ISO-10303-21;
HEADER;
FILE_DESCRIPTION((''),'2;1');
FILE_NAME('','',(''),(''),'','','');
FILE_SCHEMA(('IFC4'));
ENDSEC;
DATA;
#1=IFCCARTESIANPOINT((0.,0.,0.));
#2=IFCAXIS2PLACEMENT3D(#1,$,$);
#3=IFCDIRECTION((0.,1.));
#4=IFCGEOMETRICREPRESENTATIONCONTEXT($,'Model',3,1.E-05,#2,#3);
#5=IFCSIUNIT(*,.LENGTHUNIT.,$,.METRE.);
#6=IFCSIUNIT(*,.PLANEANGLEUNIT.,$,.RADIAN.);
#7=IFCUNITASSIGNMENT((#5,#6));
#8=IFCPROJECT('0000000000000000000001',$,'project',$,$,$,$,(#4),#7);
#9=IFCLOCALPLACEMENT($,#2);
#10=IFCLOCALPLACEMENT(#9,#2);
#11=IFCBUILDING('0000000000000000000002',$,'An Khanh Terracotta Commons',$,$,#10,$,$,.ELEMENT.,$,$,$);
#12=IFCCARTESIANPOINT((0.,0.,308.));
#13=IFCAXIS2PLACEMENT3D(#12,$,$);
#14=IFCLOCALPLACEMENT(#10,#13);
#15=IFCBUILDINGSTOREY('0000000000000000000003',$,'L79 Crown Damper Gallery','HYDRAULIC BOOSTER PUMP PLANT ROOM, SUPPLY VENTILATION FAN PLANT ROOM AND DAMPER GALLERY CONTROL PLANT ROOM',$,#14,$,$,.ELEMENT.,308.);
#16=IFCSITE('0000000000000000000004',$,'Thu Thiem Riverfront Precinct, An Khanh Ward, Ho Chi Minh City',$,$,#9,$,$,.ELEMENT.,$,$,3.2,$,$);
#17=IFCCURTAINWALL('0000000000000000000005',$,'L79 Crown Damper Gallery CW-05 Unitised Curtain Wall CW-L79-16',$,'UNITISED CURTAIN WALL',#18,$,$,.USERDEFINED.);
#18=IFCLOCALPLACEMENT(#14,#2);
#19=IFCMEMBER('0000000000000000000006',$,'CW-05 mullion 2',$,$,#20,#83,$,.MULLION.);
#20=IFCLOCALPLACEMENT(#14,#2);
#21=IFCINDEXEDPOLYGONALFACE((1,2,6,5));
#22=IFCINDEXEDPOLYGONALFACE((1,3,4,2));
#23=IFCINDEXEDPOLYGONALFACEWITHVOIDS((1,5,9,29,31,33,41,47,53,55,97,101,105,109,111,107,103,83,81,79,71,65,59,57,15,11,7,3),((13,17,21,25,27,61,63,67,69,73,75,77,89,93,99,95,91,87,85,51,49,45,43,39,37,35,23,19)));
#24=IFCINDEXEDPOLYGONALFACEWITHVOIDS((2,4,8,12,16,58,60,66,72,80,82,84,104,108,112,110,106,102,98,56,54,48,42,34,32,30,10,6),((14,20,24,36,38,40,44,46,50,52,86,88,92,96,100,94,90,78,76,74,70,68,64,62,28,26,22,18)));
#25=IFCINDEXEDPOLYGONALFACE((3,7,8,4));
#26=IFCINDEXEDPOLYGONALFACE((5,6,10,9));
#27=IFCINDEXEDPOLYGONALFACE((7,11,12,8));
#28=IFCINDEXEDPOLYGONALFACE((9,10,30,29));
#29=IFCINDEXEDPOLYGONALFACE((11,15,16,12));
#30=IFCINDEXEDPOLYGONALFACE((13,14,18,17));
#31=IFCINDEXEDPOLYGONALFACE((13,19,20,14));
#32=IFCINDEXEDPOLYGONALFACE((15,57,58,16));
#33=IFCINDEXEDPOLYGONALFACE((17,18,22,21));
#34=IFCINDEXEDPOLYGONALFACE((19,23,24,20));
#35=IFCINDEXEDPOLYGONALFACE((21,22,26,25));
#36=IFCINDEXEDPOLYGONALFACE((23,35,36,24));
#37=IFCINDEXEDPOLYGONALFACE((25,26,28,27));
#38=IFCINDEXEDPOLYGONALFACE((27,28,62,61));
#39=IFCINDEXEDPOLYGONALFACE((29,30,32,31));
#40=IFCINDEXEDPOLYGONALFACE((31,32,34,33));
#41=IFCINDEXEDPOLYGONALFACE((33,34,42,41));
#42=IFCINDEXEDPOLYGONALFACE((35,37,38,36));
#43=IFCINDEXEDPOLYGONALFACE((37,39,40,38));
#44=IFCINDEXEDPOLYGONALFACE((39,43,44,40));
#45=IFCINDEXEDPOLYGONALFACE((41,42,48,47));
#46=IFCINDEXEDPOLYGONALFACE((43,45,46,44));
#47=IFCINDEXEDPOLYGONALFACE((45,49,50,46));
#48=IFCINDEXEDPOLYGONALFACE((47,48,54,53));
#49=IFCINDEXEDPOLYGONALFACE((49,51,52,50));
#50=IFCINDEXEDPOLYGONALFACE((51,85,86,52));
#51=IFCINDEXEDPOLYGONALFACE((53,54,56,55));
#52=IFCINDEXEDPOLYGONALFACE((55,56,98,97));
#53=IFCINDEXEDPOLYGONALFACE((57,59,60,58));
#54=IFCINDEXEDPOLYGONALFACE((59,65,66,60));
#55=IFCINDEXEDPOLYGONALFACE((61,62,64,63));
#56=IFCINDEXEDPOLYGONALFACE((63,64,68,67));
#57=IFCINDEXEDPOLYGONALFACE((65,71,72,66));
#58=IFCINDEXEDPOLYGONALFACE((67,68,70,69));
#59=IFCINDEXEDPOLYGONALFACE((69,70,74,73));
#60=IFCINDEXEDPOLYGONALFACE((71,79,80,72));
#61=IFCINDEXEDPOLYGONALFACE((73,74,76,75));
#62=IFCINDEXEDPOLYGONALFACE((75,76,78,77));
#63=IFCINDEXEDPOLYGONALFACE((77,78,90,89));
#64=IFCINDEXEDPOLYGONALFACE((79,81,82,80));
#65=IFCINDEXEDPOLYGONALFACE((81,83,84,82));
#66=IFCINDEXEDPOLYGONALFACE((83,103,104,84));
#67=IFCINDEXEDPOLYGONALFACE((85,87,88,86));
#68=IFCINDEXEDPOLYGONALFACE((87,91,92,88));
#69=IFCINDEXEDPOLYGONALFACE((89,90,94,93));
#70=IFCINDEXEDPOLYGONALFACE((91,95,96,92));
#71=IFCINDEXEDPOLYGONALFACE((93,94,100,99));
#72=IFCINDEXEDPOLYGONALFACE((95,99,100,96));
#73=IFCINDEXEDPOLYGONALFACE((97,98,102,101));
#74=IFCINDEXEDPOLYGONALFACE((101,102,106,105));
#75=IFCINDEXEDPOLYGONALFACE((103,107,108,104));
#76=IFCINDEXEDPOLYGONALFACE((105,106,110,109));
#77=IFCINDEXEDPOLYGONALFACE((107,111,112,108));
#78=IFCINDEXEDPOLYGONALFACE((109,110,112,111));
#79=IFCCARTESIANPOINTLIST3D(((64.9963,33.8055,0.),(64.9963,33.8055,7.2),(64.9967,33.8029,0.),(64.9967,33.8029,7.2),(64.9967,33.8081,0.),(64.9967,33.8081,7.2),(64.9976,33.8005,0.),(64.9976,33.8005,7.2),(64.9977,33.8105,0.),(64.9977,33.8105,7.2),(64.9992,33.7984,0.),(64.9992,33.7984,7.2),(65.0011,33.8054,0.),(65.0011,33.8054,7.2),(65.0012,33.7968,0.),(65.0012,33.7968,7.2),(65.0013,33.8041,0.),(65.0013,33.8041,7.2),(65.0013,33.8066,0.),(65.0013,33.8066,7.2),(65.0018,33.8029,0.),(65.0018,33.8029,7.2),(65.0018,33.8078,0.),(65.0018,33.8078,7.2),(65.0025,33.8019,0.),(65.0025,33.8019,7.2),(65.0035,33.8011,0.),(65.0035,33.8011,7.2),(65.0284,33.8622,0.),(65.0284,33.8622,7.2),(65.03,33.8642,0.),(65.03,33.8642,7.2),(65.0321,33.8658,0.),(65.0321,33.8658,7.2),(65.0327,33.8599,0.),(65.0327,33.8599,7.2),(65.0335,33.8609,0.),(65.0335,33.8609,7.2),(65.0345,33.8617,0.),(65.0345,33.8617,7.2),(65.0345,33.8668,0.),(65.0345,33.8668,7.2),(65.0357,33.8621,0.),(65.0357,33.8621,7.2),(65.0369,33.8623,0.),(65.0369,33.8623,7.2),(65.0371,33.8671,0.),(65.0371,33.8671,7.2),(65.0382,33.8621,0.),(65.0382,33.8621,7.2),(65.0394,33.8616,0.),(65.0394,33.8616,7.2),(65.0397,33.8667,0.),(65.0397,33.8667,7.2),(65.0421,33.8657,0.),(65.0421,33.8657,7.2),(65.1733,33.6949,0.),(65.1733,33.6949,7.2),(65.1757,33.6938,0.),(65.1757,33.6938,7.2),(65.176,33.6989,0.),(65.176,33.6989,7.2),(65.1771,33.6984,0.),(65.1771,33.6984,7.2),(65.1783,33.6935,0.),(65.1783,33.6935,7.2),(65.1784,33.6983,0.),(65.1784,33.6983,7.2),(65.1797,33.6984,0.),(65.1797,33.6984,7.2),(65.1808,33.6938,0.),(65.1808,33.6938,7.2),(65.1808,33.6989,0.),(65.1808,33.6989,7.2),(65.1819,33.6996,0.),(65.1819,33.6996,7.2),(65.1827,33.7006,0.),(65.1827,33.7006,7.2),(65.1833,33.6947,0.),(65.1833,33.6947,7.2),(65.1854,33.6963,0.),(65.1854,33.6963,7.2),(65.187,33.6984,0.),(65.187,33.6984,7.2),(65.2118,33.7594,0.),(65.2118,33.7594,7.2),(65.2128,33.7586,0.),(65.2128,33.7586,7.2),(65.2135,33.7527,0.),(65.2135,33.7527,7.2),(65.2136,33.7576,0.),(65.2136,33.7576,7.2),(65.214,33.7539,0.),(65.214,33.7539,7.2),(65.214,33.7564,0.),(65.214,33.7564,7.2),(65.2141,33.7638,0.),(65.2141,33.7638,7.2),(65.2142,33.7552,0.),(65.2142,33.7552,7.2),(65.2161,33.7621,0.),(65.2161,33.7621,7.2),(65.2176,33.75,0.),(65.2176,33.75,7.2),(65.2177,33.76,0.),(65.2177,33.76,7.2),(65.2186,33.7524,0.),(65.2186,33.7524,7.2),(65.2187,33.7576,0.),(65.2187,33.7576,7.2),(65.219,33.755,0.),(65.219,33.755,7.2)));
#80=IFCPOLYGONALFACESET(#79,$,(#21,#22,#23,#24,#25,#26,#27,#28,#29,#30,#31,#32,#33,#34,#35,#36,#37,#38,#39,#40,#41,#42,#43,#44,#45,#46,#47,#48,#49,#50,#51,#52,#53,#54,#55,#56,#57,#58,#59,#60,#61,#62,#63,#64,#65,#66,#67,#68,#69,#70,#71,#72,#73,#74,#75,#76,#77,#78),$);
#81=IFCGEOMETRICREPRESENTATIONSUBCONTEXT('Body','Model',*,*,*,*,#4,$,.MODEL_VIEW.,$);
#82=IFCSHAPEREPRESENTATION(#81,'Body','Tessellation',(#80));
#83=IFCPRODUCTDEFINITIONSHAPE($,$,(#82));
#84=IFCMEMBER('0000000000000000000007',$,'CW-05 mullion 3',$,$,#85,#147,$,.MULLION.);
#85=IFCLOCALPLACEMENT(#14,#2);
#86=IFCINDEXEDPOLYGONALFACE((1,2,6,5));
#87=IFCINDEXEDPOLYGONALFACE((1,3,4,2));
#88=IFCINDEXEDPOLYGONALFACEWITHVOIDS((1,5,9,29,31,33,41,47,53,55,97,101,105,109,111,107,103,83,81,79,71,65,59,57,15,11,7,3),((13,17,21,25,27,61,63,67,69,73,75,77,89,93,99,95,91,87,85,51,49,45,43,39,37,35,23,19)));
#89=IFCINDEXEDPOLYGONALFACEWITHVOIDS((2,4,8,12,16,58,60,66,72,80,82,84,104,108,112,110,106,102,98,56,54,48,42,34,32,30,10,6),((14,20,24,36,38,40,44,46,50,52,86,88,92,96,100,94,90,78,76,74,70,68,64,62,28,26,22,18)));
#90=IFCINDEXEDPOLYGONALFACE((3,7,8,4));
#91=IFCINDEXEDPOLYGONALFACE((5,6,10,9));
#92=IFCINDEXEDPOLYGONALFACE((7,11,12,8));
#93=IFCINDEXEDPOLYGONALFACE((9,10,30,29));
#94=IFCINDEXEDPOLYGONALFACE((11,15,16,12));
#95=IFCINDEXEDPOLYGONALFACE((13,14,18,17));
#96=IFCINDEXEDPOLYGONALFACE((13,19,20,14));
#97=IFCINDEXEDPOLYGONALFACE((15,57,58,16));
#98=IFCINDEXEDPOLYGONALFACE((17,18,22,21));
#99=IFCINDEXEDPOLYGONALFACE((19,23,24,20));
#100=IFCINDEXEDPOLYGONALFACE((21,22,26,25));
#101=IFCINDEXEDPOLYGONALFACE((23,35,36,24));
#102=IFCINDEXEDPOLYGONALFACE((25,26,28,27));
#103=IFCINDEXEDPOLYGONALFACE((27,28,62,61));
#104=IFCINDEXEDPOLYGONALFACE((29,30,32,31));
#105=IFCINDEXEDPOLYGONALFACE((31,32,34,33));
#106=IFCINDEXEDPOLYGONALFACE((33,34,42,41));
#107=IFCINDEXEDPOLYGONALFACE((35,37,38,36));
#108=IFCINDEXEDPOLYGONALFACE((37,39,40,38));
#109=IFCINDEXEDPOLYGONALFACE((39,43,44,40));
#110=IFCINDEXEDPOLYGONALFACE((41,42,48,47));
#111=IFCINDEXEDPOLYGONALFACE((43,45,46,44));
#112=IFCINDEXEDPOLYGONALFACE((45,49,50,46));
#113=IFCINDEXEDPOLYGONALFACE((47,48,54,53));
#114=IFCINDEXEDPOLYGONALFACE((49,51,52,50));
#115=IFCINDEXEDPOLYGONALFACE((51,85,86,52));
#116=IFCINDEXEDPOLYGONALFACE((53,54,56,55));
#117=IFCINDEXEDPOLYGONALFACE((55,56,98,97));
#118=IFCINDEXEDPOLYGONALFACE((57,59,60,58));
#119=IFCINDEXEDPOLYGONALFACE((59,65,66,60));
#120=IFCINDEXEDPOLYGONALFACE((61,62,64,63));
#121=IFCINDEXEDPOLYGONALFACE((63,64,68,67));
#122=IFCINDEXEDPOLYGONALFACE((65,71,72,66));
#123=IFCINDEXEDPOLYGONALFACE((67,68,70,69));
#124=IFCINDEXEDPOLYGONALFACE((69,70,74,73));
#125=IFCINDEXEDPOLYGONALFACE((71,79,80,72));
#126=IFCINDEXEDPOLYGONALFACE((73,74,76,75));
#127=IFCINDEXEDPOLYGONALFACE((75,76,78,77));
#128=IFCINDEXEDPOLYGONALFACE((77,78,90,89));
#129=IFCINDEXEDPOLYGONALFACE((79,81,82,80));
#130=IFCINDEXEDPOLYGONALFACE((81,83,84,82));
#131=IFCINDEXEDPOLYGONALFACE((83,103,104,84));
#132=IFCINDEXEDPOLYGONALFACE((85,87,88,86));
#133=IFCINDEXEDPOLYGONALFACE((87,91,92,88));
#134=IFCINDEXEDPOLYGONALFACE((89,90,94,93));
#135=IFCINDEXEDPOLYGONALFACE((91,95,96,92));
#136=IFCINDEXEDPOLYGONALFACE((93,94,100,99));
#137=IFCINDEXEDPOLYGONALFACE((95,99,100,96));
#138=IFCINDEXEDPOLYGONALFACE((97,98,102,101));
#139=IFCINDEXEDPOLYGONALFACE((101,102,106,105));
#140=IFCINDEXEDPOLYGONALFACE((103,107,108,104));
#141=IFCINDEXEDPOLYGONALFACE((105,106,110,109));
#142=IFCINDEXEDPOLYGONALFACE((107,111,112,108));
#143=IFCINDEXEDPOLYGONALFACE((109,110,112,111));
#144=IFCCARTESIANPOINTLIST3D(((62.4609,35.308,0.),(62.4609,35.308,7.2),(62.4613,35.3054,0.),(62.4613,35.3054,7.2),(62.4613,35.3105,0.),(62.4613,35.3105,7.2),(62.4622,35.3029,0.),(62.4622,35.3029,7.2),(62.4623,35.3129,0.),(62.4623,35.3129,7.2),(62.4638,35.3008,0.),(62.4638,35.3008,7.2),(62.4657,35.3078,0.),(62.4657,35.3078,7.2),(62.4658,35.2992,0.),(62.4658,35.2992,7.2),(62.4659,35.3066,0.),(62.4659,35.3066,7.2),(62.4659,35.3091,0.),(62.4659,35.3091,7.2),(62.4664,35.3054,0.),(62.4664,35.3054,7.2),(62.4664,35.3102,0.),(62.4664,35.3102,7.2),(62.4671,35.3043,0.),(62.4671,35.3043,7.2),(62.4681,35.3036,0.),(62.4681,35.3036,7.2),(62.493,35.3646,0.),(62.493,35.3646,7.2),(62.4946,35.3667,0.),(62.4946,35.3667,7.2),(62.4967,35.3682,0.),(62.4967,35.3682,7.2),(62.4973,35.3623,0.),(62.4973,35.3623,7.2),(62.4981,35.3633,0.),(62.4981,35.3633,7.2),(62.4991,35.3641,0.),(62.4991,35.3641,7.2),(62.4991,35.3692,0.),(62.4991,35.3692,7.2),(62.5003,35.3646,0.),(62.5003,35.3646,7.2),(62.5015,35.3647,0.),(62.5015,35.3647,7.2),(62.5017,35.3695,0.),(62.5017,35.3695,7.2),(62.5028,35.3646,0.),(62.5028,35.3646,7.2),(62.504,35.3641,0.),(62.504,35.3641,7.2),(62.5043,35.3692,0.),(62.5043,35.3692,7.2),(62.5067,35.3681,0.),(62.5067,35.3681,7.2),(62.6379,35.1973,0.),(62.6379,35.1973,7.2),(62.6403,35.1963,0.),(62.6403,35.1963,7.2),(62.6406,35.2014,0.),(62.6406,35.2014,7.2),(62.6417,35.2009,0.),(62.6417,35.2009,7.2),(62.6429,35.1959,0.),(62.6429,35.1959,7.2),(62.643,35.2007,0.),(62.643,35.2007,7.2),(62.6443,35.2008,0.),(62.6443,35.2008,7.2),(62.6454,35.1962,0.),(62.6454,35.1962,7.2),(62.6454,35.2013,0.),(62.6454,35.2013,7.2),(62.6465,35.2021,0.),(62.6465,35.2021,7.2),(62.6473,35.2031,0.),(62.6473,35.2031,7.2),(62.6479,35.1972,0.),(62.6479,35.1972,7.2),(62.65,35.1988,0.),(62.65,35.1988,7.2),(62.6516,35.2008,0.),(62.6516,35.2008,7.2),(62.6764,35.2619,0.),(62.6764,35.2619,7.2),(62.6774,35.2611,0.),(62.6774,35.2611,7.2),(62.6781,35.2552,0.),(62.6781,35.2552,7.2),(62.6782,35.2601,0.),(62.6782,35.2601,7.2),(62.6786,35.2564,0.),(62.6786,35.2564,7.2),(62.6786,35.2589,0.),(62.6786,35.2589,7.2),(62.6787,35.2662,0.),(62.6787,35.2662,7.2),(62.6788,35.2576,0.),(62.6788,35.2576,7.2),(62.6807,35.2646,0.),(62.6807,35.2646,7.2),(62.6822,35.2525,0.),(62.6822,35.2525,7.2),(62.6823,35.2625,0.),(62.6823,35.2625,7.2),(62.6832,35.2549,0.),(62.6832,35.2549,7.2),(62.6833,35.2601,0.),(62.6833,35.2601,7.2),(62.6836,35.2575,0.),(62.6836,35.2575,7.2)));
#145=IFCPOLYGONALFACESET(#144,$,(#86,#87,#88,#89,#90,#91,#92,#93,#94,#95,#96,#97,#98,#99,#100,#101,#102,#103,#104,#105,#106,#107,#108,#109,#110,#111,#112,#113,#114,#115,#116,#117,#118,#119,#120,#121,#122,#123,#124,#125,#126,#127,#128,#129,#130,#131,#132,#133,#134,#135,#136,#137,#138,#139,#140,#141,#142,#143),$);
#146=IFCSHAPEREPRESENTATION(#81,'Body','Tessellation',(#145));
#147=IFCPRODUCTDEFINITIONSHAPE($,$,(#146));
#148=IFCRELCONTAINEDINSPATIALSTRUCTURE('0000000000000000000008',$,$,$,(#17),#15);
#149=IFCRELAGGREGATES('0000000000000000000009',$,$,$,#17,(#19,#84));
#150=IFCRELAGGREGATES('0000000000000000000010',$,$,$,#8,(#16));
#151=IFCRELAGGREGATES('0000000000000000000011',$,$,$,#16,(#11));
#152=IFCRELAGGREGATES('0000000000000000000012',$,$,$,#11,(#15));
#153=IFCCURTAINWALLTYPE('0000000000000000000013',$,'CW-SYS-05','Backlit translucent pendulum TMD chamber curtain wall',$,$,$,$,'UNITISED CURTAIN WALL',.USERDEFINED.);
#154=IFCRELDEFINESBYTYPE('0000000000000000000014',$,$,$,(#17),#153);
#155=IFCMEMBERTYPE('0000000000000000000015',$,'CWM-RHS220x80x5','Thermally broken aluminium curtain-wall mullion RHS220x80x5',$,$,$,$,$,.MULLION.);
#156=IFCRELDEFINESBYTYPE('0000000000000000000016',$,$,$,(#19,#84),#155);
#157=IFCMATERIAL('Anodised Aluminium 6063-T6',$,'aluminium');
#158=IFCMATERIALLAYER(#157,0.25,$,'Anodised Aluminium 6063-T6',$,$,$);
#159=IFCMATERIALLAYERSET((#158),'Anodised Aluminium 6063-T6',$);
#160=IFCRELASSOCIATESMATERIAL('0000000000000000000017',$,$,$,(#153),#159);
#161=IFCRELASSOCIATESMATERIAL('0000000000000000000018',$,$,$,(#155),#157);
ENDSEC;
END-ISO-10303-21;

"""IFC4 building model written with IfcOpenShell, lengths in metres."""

from ifc_helpers import new_model, si_unit, direction, frame, origin, origin_2d, place, context, subcontext, project, spatial, hollow_rectangle, extrude, material, layer, layer_set, material_profile, profile_set, type_object, element, aggregate, save


model = new_model("IFC4")

# Units and contexts
model_context = context("Model", 3, precision=1e-05, world=origin(), true_north=direction((0.0, 1.0)))
body_context = subcontext(model_context, "Body", "Model", "MODEL_VIEW")
ifc_project = project(units=[si_unit("LENGTHUNIT", "METRE"), si_unit("PLANEANGLEUNIT", "RADIAN")], contexts=[model_context])

# Site, building, storey
site_placement = place(None, origin())
site = spatial("IfcSite", under=ifc_project, at=site_placement, Name="Thu Thiem Riverfront Precinct, An Khanh Ward, Ho Chi Minh City", CompositionType="ELEMENT", RefElevation=3.2)
building_placement = place(site_placement, origin())
building = spatial("IfcBuilding", under=site, at=building_placement, Name="An Khanh Terracotta Commons", CompositionType="ELEMENT")
storey_placement = place(building_placement, frame((0.0, 0.0, 308.0)))
storey = spatial("IfcBuildingStorey", under=building, at=storey_placement, Name="L79 Crown Damper Gallery", Description="HYDRAULIC BOOSTER PUMP PLANT ROOM, SUPPLY VENTILATION FAN PLANT ROOM AND DAMPER GALLERY CONTROL PLANT ROOM", CompositionType="ELEMENT", Elevation=308.0)

# Curtain wall, members
ifc_material_1 = material(Name="Anodised Aluminium 6063-T6", Category="aluminium")
ifc_layer_1 = layer(ifc_material_1, 0.25, Name="Anodised Aluminium 6063-T6")
ifc_layer_set_1 = layer_set([ifc_layer_1], Name="Anodised Aluminium 6063-T6")
curtain_wall_type = type_object("IfcCurtainWallType", Name="CW-SYS-05", Description="Backlit translucent pendulum TMD chamber curtain wall", ElementType="UNITISED CURTAIN WALL", PredefinedType="USERDEFINED", material=ifc_layer_set_1)
curtain_wall_placement = place(storey_placement, origin())
curtain_wall = element("IfcCurtainWall", 1, at=curtain_wall_placement, inside=storey, type_object=curtain_wall_type, Name="L79 Crown Damper Gallery CW-05 Unitised Curtain Wall CW-L79-16", ObjectType="UNITISED CURTAIN WALL", PredefinedType="USERDEFINED")
ifc_material_profile_1 = material_profile(ifc_material_1, hollow_rectangle(XDim=0.0801, YDim=0.22, WallThickness=0.0049, InnerFilletRadius=0.0049, OuterFilletRadius=0.01, at=origin_2d()), Name="RHS220x80x5")
ifc_profile_set_1 = profile_set([ifc_material_profile_1], Name="Anodised Aluminium 6063-T6")
member_type_1 = type_object("IfcMemberType", Name="CWM-RHS220x80x5", Description="Thermally broken aluminium curtain-wall mullion RHS220x80x5", PredefinedType="MULLION", material=ifc_profile_set_1)
member_1_placement = place(storey_placement, frame((65.1077, 33.7803, 0.0), z_axis=(0.0, 0.0, 1.0), x_axis=(-0.509781, -0.860304, 0.0)))
member_1 = element("IfcMember", 2, at=member_1_placement, type_object=member_type_1, Name="CW-05 mullion 2", PredefinedType="MULLION", context=body_context, shape_type="SweptSolid", body=[
    extrude(hollow_rectangle(XDim=0.0801, YDim=0.22, WallThickness=0.0049, InnerFilletRadius=0.0049, OuterFilletRadius=0.01, at=origin_2d()), origin(), (0.0, 0.0, 1.0), 7.2),
])
member_2_placement = place(storey_placement, frame((62.5723, 35.2827, 0.0), z_axis=(0.0, 0.0, 1.0), x_axis=(-0.509781, -0.860304, 0.0)))
member_2 = element("IfcMember", 3, at=member_2_placement, type_object=member_type_1, Name="CW-05 mullion 3", PredefinedType="MULLION", context=body_context, shape_type="SweptSolid", body=[
    extrude(hollow_rectangle(XDim=0.0801, YDim=0.22, WallThickness=0.0049, InnerFilletRadius=0.0049, OuterFilletRadius=0.01, at=origin_2d()), origin(), (0.0, 0.0, 1.0), 7.2),
])
aggregate(curtain_wall, [member_1, member_2])

save(model, "model.ifc")
